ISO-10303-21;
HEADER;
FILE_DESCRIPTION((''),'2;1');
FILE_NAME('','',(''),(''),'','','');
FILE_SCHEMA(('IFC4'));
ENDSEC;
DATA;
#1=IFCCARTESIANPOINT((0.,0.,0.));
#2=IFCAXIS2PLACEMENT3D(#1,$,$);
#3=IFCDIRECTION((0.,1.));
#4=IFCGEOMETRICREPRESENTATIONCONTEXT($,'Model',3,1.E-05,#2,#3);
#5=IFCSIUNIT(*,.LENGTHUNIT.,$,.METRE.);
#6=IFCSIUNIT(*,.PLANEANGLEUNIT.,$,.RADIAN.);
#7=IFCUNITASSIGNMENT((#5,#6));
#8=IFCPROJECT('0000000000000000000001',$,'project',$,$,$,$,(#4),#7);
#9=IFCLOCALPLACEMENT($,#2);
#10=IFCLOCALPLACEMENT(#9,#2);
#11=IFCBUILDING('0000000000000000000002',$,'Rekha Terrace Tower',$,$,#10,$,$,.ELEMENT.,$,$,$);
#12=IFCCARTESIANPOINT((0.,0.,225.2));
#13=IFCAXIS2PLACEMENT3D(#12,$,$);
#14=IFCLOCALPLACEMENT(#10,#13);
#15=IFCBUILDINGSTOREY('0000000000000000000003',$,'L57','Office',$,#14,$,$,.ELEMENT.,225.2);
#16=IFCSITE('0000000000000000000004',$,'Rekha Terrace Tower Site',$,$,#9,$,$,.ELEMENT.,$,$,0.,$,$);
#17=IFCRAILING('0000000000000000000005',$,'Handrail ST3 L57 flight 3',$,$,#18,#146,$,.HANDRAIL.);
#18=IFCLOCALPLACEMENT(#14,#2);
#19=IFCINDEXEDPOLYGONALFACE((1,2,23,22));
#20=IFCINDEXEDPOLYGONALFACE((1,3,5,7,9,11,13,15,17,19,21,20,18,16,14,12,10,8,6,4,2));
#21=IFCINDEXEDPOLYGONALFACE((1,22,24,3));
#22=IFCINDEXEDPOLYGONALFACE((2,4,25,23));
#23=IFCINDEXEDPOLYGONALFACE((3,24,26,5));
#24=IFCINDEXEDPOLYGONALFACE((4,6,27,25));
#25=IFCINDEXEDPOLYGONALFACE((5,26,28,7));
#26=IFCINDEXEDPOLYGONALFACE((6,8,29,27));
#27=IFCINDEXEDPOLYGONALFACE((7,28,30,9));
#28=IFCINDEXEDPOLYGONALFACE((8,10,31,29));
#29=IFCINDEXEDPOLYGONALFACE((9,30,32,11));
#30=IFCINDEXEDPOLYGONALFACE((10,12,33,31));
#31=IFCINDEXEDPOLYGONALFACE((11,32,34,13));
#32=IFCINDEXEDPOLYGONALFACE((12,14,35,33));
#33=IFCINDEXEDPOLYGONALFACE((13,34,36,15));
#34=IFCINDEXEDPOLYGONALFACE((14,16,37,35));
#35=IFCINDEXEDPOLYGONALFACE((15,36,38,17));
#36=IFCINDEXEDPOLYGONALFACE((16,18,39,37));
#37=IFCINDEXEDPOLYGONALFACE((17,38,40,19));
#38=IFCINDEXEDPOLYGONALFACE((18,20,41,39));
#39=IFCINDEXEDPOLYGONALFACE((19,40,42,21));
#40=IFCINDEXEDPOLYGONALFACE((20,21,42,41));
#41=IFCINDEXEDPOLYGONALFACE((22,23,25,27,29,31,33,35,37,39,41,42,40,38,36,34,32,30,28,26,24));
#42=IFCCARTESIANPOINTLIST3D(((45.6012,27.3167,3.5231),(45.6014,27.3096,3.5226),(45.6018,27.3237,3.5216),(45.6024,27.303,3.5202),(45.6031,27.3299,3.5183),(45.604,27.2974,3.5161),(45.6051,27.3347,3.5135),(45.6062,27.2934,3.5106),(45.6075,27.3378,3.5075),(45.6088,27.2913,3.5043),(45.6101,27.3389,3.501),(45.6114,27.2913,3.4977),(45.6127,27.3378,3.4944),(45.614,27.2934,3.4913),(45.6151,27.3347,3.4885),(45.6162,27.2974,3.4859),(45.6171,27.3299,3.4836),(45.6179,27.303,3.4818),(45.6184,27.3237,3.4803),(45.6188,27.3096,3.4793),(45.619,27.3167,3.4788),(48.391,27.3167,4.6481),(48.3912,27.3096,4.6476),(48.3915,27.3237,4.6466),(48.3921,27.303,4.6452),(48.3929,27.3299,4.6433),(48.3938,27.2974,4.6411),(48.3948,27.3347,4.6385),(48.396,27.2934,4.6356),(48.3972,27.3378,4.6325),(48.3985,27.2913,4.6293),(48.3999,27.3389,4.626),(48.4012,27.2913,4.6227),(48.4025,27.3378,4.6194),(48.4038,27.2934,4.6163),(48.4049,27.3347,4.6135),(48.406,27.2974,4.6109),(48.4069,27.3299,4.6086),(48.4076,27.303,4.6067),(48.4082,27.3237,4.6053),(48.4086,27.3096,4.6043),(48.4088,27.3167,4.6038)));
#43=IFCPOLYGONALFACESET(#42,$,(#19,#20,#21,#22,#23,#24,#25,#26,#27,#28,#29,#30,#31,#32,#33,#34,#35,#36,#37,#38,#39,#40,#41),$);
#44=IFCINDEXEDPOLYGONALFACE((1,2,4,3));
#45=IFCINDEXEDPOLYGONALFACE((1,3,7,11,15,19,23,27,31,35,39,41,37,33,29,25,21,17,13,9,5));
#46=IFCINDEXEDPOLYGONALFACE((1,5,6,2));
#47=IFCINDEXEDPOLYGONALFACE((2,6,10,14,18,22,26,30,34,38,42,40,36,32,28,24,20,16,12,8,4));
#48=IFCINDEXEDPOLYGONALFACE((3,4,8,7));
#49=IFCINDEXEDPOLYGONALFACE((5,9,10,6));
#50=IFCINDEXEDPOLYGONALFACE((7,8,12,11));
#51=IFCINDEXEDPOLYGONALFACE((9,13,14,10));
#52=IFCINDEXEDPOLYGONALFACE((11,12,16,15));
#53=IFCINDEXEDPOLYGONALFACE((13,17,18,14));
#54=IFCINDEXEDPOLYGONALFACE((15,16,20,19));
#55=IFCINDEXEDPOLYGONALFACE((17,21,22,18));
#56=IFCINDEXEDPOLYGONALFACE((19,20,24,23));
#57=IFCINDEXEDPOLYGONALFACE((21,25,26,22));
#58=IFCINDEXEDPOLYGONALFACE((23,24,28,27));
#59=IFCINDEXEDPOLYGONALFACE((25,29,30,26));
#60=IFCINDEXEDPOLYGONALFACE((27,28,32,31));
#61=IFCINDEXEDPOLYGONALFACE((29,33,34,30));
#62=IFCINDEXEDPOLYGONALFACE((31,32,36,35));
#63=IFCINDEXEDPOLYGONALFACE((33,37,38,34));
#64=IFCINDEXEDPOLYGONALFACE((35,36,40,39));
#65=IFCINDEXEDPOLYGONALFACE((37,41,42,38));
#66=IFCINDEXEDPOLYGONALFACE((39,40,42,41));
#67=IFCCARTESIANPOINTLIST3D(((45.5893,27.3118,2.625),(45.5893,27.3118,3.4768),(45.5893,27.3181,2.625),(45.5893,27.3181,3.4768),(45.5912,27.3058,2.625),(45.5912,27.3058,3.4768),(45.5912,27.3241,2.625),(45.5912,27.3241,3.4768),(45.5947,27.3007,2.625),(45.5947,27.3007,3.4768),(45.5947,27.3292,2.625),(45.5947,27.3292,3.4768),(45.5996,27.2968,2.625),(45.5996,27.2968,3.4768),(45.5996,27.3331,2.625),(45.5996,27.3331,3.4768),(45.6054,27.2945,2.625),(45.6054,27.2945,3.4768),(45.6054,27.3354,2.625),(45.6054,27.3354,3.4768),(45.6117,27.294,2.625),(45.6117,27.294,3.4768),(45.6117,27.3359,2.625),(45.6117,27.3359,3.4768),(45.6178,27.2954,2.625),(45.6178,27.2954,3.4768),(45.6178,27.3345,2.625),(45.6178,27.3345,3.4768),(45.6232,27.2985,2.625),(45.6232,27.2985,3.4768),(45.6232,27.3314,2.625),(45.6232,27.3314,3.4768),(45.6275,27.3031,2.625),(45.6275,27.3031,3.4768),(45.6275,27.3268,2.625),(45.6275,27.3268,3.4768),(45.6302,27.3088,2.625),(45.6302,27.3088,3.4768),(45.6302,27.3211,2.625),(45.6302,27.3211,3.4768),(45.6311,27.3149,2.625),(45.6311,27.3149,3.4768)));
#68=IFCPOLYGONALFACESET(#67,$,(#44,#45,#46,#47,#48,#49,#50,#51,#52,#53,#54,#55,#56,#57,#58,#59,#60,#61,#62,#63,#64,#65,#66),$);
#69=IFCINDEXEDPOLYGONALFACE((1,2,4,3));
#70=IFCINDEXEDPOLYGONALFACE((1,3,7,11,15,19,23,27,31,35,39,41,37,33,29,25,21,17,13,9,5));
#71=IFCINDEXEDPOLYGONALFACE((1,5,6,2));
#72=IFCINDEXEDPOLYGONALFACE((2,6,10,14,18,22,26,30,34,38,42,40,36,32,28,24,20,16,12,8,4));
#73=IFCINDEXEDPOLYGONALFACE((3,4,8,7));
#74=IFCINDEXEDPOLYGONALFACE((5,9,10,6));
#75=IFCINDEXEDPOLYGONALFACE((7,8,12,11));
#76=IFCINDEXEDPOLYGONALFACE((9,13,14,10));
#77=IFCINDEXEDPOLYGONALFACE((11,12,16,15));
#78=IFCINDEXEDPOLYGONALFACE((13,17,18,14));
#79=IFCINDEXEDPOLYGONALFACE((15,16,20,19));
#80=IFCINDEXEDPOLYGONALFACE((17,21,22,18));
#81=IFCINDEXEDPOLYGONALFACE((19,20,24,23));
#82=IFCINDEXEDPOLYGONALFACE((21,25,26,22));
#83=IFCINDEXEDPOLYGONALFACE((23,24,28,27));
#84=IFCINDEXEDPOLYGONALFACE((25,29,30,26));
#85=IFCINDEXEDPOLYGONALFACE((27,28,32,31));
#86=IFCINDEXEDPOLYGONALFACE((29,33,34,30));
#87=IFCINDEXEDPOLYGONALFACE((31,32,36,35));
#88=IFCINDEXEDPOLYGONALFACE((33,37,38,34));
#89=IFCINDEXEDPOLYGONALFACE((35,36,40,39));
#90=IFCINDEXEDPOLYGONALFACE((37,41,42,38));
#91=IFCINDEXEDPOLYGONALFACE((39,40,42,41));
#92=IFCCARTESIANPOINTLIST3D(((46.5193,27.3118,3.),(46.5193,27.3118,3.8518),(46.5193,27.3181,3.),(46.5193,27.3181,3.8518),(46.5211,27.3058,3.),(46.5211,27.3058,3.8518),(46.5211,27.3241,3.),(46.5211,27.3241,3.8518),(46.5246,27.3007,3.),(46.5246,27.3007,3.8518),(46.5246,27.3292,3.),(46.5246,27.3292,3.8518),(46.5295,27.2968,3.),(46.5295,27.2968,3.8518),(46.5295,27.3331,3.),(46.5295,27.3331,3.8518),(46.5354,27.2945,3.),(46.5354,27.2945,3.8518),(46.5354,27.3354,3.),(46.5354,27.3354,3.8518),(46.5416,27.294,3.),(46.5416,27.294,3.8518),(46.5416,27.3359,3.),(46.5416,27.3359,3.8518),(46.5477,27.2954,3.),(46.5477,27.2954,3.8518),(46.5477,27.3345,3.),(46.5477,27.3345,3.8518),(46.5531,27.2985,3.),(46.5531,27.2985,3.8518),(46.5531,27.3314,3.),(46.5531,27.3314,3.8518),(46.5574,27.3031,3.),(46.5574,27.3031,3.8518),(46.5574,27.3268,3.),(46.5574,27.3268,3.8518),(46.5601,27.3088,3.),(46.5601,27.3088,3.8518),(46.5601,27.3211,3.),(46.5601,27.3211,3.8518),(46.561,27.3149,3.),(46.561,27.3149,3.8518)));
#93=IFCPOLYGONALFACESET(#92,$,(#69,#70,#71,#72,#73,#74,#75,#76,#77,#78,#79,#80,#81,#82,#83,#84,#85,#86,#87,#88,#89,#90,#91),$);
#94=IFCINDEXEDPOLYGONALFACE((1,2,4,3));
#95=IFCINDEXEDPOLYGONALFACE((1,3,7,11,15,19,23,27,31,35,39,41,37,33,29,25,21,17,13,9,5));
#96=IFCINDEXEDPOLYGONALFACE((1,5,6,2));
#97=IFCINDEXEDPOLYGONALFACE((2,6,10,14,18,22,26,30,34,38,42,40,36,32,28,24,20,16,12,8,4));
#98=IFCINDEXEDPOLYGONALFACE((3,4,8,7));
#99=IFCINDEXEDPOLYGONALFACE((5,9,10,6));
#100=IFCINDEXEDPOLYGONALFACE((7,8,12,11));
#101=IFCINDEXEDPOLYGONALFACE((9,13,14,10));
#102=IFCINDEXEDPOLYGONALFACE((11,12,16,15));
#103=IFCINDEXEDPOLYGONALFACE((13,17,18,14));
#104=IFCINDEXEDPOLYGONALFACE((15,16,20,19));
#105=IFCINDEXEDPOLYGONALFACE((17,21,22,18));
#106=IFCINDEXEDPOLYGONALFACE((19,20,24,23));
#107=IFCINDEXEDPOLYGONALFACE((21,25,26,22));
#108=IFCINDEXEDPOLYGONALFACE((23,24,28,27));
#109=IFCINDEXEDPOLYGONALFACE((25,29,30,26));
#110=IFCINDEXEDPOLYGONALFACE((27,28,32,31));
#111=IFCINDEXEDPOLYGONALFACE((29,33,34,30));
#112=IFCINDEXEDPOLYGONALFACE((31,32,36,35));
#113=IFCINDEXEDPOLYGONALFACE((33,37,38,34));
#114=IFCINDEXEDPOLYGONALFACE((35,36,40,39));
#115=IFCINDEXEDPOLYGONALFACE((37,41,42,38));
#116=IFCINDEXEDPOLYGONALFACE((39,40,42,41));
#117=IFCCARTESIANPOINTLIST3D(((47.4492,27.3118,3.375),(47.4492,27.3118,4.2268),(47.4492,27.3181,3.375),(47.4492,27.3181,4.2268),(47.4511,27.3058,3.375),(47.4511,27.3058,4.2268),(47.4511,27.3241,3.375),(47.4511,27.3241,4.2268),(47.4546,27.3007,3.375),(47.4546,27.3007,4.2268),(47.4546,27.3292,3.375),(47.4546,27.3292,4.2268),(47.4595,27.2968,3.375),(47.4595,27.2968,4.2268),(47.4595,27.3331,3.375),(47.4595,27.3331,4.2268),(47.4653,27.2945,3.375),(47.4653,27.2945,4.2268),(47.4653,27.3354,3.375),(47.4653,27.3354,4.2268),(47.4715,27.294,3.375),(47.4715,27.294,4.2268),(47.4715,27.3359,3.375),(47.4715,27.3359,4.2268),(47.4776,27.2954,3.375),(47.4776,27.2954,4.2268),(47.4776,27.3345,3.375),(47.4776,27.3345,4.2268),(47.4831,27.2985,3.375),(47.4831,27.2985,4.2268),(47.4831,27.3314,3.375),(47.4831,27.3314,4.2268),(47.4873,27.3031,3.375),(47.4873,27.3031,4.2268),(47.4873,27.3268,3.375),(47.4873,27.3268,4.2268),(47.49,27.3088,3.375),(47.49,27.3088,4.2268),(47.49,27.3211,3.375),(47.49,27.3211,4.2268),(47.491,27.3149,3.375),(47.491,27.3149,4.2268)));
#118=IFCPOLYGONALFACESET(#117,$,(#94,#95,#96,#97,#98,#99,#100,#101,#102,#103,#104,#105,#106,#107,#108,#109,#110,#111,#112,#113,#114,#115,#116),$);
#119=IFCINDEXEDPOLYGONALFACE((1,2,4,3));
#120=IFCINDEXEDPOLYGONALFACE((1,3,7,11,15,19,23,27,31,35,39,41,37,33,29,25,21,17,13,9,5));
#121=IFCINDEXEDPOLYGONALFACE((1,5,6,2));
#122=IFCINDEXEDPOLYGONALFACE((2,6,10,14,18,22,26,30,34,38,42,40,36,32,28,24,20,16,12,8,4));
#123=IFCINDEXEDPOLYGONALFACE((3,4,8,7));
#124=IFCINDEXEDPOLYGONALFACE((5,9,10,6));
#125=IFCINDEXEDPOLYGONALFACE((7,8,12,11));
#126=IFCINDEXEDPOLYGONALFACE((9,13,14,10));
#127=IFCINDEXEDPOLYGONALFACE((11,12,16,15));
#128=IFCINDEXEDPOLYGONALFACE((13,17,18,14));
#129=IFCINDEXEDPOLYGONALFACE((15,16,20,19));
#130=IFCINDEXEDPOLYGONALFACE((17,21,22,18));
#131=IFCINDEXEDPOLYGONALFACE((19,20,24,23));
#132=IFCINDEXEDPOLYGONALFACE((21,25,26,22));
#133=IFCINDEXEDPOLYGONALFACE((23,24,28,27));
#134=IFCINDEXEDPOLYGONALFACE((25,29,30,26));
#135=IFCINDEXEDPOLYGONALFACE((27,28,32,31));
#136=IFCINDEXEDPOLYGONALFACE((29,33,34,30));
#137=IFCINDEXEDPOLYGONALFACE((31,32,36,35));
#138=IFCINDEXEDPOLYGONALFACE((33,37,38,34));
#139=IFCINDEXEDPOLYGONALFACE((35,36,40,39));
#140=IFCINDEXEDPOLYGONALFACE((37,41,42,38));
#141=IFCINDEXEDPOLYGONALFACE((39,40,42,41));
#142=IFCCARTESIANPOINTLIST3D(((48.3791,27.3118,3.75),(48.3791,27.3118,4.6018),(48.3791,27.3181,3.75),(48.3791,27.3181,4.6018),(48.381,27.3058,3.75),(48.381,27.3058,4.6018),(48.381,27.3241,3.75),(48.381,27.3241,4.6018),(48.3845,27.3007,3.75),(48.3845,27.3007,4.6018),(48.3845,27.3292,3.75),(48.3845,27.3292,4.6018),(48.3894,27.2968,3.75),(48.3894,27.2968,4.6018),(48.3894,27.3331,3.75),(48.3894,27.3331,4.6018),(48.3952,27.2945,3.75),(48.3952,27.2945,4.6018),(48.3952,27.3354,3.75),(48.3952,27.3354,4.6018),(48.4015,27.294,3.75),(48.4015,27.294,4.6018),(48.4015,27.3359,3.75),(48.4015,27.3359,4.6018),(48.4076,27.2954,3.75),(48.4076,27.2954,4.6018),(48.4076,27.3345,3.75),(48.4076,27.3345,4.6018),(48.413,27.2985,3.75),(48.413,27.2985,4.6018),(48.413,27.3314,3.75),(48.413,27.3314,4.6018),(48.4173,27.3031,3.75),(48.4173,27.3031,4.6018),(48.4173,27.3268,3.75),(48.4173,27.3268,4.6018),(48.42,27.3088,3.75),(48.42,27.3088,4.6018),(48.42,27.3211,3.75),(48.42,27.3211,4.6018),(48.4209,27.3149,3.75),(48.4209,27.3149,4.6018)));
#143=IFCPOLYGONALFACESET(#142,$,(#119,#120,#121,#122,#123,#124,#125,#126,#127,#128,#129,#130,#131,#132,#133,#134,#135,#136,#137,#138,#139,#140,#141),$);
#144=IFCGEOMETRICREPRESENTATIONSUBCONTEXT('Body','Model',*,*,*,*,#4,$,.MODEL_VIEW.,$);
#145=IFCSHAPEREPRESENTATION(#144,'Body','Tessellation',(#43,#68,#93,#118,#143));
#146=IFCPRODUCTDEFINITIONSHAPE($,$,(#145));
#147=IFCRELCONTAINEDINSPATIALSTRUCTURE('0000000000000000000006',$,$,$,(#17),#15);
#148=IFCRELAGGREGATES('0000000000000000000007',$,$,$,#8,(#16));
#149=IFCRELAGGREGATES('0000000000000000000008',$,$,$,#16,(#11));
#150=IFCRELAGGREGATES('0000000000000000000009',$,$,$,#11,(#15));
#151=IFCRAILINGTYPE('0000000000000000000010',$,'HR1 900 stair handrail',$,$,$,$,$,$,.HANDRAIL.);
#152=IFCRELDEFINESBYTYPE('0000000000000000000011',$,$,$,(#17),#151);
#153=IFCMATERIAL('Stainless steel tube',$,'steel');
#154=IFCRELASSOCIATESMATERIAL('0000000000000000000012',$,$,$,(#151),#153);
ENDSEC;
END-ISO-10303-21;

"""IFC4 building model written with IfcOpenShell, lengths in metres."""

from ifc_helpers import new_model, si_unit, direction, frame, origin, origin_2d, place, context, subcontext, project, spatial, circle, extrude, material, type_object, element, save


model = new_model("IFC4")

# Units and contexts
model_context = context("Model", 3, precision=1e-05, world=origin(), true_north=direction((0.0, 1.0)))
body_context = subcontext(model_context, "Body", "Model", "MODEL_VIEW")
ifc_project = project(units=[si_unit("LENGTHUNIT", "METRE"), si_unit("PLANEANGLEUNIT", "RADIAN")], contexts=[model_context])

# Site, building, storey
site_placement = place(None, origin())
site = spatial("IfcSite", under=ifc_project, at=site_placement, Name="Rekha Terrace Tower Site", CompositionType="ELEMENT", RefElevation=0.0)
building_placement = place(site_placement, origin())
building = spatial("IfcBuilding", under=site, at=building_placement, Name="Rekha Terrace Tower", CompositionType="ELEMENT")
storey_placement = place(building_placement, frame((0.0, 0.0, 225.2)))
storey = spatial("IfcBuildingStorey", under=building, at=storey_placement, Name="L57", Description="Office", CompositionType="ELEMENT", Elevation=225.2)

# Railing
ifc_material_1 = material(Name="Stainless steel tube", Category="steel")
railing_type_1 = type_object("IfcRailingType", Name="HR1 900 stair handrail", PredefinedType="HANDRAIL", material=ifc_material_1)
railing_1_placement = place(storey_placement, frame((45.6101, 27.3149, 2.625)))
element("IfcRailing", 1, at=railing_1_placement, inside=storey, type_object=railing_type_1, Name="Handrail ST3 L57 flight 3", PredefinedType="HANDRAIL", context=body_context, shape_type="SweptSolid", body=[
    extrude(circle(Radius=0.0239, at=origin_2d()), frame((0.0, 0.0, 0.876), z_axis=(0.927432, 0.0, 0.373992), x_axis=(0.0, 1.0, 0.0)), (0.0, 0.0, 1.0), 3.0081),
    extrude(circle(Radius=0.021, at=origin_2d()), origin(), (0.0, 0.0, 1.0), 0.8518),
    extrude(circle(Radius=0.021, at=origin_2d()), frame((0.9299, 0.0, 0.375)), (0.0, 0.0, 1.0), 0.8518),
    extrude(circle(Radius=0.021, at=origin_2d()), frame((1.8599, 0.0, 0.75)), (0.0, 0.0, 1.0), 0.8518),
    extrude(circle(Radius=0.021, at=origin_2d()), frame((2.7898, 0.0, 1.125)), (0.0, 0.0, 1.0), 0.8518),
])

save(model, "model.ifc")
